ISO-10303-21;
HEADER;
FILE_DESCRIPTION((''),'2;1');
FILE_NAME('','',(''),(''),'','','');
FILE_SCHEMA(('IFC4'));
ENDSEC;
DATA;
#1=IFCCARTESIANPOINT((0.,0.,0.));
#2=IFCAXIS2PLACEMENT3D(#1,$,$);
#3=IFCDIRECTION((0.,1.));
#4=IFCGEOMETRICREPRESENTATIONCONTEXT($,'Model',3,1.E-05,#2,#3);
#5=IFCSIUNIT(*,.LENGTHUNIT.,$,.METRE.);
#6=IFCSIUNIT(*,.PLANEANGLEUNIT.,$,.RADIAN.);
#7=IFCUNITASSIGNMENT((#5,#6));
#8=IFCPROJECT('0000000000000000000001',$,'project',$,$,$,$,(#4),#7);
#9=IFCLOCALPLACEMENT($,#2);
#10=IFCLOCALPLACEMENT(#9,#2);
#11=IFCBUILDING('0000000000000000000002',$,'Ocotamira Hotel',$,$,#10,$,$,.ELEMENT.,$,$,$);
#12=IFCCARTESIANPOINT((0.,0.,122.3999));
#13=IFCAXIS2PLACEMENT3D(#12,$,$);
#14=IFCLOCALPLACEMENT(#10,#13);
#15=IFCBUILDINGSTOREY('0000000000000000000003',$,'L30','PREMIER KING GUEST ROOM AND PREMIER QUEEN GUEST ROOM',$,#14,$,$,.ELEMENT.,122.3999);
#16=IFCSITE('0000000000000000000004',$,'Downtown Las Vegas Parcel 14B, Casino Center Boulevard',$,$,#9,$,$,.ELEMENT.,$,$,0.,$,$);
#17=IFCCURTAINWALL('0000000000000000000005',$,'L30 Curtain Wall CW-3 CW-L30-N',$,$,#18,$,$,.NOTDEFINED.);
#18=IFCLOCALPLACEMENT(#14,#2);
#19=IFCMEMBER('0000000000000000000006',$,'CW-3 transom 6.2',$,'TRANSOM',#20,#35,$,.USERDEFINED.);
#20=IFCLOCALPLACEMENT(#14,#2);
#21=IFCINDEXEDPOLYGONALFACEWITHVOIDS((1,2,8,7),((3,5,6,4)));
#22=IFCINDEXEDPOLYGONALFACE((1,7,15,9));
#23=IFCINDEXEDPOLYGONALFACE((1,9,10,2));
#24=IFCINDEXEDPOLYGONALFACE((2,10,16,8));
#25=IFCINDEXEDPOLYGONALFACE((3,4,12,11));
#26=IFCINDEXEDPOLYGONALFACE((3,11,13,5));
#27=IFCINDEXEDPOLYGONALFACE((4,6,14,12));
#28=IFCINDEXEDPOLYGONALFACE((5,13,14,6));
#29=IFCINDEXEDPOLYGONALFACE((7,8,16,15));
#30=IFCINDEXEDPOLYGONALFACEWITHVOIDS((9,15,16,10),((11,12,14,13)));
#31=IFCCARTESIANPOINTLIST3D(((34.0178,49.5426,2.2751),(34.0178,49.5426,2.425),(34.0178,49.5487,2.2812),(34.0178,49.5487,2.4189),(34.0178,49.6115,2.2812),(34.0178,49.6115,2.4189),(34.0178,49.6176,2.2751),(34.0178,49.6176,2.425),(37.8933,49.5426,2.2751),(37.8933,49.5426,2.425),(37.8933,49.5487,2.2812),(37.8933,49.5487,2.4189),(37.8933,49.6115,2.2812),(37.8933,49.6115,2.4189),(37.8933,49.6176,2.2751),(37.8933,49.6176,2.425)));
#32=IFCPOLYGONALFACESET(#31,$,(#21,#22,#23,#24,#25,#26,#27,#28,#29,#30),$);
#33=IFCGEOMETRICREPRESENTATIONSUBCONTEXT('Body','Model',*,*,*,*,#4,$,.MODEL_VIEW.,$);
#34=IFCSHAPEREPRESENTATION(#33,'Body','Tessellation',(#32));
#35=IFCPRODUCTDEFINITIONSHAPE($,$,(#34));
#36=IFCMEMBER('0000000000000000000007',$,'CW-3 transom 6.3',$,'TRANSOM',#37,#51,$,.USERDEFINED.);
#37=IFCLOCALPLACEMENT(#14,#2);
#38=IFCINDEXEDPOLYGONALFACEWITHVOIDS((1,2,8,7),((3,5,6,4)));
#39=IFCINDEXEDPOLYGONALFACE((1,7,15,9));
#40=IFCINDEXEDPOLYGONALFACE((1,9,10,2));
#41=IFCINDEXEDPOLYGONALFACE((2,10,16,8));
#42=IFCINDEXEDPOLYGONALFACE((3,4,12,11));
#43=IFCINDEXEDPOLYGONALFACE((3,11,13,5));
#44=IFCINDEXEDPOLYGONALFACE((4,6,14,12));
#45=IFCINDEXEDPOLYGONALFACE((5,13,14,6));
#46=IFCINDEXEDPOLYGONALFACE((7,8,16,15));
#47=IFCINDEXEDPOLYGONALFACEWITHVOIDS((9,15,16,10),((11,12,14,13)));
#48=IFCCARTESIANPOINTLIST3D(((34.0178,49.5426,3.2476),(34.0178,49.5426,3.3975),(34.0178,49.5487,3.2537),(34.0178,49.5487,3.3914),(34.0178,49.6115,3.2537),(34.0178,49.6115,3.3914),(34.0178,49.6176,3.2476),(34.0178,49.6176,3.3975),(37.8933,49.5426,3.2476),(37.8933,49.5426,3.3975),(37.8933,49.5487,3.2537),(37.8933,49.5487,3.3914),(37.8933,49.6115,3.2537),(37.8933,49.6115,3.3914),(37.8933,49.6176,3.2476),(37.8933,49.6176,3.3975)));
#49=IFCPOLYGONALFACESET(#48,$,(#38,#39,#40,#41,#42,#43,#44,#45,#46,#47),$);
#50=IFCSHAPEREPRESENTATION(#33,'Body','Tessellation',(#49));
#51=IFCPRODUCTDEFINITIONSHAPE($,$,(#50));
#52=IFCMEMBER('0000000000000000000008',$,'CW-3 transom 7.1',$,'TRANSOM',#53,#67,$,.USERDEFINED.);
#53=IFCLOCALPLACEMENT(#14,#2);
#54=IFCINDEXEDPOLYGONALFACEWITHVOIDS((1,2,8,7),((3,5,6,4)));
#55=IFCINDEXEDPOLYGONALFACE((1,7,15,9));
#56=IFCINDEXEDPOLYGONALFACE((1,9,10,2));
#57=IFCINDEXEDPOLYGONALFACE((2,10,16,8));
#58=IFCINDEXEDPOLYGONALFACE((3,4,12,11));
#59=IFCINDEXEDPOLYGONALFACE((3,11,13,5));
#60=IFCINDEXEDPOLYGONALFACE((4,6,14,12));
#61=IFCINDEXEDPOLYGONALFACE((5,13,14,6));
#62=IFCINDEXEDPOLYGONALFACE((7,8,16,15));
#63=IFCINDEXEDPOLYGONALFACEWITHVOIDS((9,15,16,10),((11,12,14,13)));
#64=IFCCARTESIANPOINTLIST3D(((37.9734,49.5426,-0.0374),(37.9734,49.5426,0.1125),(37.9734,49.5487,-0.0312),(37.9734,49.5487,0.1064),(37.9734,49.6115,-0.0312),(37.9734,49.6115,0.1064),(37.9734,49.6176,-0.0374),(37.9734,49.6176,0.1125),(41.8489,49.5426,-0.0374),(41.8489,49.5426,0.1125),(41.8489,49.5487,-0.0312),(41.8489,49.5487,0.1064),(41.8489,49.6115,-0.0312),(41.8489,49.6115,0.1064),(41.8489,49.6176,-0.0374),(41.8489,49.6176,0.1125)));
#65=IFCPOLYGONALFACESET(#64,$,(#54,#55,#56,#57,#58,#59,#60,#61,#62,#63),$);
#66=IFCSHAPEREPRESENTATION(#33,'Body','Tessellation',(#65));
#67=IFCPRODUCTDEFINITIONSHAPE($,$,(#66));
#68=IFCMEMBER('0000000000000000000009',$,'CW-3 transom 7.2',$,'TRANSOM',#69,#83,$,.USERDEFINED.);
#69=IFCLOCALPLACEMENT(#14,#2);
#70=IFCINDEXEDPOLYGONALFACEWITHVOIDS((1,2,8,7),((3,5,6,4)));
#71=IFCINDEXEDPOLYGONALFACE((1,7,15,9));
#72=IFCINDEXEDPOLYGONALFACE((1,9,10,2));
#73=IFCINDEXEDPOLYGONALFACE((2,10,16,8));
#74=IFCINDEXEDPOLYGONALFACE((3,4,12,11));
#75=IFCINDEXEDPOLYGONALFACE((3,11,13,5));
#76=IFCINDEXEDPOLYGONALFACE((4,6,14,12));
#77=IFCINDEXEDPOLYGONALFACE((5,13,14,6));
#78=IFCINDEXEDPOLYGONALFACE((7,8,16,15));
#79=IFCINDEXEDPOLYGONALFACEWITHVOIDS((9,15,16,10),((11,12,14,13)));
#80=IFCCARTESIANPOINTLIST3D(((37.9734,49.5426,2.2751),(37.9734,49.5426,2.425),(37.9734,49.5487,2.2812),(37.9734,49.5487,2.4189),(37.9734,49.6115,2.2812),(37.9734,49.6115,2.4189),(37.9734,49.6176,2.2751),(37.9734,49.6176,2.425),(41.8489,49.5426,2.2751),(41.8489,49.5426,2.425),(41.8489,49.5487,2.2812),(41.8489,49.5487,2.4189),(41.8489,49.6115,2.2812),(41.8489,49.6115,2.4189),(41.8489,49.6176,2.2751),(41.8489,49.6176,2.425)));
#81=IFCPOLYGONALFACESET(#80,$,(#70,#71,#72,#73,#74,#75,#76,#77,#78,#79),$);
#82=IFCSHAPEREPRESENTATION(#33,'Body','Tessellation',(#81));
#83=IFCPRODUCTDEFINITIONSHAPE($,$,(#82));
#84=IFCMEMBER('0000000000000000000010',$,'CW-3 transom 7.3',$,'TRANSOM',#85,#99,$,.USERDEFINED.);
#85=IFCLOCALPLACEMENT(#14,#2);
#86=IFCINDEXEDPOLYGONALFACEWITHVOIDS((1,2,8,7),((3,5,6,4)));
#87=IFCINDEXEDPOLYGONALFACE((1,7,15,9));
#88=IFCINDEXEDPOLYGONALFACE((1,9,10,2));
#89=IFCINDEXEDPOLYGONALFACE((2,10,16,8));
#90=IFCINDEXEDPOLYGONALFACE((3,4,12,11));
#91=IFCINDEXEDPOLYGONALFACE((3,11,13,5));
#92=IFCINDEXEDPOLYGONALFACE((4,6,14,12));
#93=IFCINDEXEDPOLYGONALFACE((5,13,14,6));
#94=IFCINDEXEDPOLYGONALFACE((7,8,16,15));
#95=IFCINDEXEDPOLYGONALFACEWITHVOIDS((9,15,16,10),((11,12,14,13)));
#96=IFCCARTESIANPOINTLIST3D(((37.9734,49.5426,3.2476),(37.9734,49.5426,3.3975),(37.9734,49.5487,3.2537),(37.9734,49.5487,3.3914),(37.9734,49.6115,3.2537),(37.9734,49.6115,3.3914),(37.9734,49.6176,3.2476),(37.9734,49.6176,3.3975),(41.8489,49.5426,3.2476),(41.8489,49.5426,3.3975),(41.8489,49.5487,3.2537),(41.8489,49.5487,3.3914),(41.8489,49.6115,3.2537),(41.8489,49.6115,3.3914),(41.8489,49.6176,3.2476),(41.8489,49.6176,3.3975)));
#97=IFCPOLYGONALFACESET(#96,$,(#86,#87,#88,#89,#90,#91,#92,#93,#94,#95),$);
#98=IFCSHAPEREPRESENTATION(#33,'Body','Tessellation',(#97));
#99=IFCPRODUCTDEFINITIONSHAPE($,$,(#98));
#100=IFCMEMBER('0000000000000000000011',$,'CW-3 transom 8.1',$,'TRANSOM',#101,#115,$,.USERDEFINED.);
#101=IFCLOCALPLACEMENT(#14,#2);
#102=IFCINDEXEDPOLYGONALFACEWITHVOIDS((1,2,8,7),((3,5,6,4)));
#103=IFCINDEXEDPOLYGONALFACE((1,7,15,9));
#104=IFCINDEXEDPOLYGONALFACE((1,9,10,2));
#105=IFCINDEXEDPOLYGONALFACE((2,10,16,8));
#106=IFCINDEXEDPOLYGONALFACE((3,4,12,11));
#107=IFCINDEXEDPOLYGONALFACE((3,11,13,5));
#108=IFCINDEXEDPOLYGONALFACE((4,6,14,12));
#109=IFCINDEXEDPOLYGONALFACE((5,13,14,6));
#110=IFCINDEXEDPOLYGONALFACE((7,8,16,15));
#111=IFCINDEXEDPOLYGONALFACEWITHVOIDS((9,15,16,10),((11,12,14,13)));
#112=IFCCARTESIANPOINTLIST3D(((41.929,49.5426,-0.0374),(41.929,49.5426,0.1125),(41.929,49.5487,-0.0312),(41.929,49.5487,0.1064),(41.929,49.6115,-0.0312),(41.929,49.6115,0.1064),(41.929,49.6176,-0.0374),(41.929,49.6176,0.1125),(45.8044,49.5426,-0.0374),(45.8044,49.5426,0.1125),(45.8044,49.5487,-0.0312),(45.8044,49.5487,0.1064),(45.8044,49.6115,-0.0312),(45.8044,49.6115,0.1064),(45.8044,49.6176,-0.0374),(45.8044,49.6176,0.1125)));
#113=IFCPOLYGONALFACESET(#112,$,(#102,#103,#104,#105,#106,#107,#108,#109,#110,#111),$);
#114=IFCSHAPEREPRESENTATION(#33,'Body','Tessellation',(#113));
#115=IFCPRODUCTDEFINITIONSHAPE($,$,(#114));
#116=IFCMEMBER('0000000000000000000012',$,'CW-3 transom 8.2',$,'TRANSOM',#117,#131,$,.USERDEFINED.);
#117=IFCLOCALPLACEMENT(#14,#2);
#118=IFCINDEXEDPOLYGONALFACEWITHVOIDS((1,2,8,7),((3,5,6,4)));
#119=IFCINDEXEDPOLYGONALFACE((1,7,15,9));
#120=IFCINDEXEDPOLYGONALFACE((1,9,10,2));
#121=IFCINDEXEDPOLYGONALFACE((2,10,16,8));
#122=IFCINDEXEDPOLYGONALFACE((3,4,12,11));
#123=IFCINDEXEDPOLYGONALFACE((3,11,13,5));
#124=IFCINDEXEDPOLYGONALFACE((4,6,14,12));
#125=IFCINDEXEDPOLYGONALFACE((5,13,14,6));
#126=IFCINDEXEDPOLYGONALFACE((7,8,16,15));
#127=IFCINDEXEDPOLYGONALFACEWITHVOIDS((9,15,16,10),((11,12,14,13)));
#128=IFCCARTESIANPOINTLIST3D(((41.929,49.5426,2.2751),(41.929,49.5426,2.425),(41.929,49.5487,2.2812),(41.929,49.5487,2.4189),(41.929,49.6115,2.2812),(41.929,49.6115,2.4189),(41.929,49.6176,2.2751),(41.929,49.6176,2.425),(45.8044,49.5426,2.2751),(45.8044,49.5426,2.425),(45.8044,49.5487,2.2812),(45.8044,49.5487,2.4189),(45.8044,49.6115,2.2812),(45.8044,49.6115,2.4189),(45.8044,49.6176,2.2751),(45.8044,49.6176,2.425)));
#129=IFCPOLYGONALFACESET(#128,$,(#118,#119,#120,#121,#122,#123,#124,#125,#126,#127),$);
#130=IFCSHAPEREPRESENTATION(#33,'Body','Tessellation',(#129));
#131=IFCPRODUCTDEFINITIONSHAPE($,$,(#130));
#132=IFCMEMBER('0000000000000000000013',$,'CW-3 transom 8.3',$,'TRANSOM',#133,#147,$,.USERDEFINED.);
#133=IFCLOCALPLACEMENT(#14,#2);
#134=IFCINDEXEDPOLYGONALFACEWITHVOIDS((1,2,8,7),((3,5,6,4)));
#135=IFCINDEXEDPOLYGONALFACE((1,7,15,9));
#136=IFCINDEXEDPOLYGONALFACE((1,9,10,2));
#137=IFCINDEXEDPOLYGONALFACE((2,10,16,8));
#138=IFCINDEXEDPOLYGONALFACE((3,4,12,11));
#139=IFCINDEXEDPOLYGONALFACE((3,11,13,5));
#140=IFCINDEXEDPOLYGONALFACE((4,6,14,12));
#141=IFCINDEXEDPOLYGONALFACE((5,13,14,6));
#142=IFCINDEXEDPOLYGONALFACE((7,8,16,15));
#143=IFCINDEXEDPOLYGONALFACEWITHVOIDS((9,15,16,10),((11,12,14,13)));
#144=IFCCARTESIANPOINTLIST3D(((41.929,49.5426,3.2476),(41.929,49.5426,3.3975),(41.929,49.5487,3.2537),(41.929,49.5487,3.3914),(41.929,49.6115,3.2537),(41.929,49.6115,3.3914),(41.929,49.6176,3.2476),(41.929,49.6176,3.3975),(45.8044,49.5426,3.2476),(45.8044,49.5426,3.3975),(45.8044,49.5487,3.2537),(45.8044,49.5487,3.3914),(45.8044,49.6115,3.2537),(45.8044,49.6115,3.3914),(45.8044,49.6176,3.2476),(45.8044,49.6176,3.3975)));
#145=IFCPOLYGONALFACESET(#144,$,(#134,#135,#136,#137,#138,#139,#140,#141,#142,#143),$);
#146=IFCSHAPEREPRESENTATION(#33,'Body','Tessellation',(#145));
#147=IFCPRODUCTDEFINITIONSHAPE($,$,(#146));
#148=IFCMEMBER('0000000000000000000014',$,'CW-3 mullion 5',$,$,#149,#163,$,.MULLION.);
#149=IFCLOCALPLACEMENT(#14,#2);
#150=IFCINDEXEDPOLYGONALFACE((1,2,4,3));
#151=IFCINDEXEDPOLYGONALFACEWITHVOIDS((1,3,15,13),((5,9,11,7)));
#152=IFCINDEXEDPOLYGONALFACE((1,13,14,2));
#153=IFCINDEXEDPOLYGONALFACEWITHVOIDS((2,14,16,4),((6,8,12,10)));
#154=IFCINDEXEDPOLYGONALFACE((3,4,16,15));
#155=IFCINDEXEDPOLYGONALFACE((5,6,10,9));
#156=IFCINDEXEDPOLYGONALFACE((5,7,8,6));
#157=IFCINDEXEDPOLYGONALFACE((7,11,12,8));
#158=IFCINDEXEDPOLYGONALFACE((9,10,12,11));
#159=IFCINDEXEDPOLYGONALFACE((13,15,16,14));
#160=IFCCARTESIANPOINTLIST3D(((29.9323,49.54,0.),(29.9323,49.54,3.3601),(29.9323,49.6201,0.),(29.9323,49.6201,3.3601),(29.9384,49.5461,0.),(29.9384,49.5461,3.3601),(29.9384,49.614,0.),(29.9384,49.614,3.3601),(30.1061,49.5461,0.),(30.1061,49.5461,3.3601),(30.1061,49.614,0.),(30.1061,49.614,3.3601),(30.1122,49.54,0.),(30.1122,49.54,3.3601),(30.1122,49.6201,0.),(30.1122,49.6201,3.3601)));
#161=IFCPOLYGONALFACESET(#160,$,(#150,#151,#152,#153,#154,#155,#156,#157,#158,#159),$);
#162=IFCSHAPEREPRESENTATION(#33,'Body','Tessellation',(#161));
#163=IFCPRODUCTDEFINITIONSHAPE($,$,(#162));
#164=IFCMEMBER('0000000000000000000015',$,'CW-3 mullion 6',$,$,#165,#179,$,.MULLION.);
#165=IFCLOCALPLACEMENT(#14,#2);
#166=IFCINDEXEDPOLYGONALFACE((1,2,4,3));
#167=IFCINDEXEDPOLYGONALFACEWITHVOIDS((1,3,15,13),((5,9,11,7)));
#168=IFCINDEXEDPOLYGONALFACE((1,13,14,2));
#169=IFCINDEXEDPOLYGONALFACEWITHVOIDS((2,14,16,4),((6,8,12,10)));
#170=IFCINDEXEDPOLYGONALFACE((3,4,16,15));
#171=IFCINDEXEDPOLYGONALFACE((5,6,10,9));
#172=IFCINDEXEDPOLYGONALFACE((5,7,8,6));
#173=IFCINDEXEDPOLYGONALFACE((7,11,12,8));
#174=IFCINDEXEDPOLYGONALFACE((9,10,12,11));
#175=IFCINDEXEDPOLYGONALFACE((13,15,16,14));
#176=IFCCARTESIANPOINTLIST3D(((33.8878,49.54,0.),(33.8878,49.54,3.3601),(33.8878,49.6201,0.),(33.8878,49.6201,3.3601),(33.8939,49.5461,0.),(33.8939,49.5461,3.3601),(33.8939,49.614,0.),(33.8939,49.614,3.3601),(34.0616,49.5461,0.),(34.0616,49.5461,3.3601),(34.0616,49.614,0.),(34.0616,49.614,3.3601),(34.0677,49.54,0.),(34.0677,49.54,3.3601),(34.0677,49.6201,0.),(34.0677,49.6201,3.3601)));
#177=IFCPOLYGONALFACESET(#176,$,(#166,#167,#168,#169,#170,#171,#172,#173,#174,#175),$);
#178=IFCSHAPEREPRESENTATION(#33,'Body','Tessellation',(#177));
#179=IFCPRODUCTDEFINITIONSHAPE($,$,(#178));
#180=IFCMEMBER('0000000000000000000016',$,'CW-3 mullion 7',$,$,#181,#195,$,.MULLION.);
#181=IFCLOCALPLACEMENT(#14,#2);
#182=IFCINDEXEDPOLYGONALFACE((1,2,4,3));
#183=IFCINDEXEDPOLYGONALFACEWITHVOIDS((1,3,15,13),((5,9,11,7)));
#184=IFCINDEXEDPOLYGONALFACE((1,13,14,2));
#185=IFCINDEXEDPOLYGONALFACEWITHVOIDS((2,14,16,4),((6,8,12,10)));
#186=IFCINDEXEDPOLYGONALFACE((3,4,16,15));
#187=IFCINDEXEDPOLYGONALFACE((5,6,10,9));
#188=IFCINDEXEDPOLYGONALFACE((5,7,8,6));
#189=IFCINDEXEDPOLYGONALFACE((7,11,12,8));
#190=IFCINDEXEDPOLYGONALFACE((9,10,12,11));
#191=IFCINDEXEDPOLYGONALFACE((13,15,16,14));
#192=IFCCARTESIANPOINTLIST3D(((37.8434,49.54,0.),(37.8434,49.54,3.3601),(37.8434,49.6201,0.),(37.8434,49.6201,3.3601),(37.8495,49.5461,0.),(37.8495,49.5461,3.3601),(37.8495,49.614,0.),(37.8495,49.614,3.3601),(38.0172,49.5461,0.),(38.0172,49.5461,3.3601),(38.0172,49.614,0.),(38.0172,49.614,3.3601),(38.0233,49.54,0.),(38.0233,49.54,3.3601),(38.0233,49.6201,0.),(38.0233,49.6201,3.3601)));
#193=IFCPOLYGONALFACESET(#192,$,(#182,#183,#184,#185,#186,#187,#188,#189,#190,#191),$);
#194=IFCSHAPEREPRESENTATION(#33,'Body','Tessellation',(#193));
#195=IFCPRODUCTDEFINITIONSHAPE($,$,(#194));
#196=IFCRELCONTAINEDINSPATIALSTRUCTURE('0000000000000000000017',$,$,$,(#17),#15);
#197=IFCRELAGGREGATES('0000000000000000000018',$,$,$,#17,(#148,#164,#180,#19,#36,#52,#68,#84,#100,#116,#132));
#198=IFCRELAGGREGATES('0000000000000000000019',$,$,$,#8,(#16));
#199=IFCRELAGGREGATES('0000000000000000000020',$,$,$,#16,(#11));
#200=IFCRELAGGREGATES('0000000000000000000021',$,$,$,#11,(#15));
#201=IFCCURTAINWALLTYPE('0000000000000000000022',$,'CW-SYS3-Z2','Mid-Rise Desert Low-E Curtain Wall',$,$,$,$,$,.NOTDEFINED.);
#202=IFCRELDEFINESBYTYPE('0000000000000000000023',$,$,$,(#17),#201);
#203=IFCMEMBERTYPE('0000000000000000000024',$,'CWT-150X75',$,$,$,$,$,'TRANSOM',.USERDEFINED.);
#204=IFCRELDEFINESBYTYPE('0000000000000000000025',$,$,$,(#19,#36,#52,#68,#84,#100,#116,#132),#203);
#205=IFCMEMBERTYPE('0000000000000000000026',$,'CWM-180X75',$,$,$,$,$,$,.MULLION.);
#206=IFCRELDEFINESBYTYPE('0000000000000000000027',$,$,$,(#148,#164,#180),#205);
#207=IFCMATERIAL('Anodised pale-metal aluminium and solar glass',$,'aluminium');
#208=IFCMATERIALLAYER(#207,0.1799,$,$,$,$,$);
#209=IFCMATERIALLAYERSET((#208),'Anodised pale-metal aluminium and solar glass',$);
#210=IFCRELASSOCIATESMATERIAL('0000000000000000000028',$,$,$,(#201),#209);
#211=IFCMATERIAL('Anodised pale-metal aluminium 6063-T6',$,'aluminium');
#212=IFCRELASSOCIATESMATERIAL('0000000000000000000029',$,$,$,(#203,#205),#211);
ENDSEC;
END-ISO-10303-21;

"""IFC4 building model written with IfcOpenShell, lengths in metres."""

from ifc_helpers import new_model, si_unit, direction, frame, origin, origin_2d, place, context, subcontext, project, spatial, hollow_rectangle, extrude, source, transform, mapped, material, layer, layer_set, material_profile, profile_set, type_object, element, aggregate, save


model = new_model("IFC4")

# Units and contexts
model_context = context("Model", 3, precision=1e-05, world=origin(), true_north=direction((0.0, 1.0)))
body_context = subcontext(model_context, "Body", "Model", "MODEL_VIEW")
ifc_project = project(units=[si_unit("LENGTHUNIT", "METRE"), si_unit("PLANEANGLEUNIT", "RADIAN")], contexts=[model_context])

# Site, building, storey
site_placement = place(None, origin())
site = spatial("IfcSite", under=ifc_project, at=site_placement, Name="Downtown Las Vegas Parcel 14B, Casino Center Boulevard", CompositionType="ELEMENT", RefElevation=0.0)
building_placement = place(site_placement, origin())
building = spatial("IfcBuilding", under=site, at=building_placement, Name="Ocotamira Hotel", CompositionType="ELEMENT")
storey_placement = place(building_placement, frame((0.0, 0.0, 122.3999)))
storey = spatial("IfcBuildingStorey", under=building, at=storey_placement, Name="L30", Description="PREMIER KING GUEST ROOM AND PREMIER QUEEN GUEST ROOM", CompositionType="ELEMENT", Elevation=122.3999)

# Curtain wall, members
ifc_material_1 = material(Name="Anodised pale-metal aluminium and solar glass", Category="aluminium")
ifc_layer_1 = layer(ifc_material_1, 0.1799)
ifc_layer_set_1 = layer_set([ifc_layer_1], Name="Anodised pale-metal aluminium and solar glass")
curtain_wall_type = type_object("IfcCurtainWallType", Name="CW-SYS3-Z2", Description="Mid-Rise Desert Low-E Curtain Wall", PredefinedType="NOTDEFINED", material=ifc_layer_set_1)
curtain_wall_placement = place(storey_placement, origin())
curtain_wall = element("IfcCurtainWall", 1, at=curtain_wall_placement, inside=storey, type_object=curtain_wall_type, Name="L30 Curtain Wall CW-3 CW-L30-N", PredefinedType="NOTDEFINED")
ifc_material_2 = material(Name="Anodised pale-metal aluminium 6063-T6", Category="aluminium")
ifc_material_profile_1 = material_profile(ifc_material_2, hollow_rectangle(XDim=0.075, YDim=0.1499, WallThickness=0.0061, at=origin_2d()), Name="HSS150X75X6")
ifc_profile_set_1 = profile_set([ifc_material_profile_1], Name="Anodised pale-metal aluminium 6063-T6")
member_type_1 = type_object("IfcMemberType", Name="CWT-150X75", ElementType="TRANSOM", PredefinedType="USERDEFINED", material=ifc_profile_set_1)
shared_shape_1 = source(origin(), body_context, "Body", "SweptSolid", [
    extrude(hollow_rectangle(XDim=0.075, YDim=0.1499, WallThickness=0.0061, at=origin_2d()), origin(), (0.0, 0.0, 1.0), 3.8755),
])
member_1_placement = place(storey_placement, frame((34.0178, 49.5801, 2.3501), z_axis=(1.0, 0.0, 0.0), x_axis=(0.0, 1.0, 0.0)))
member_1 = element("IfcMember", 2, at=member_1_placement, type_object=member_type_1, Name="CW-3 transom 6.2", ObjectType="TRANSOM", PredefinedType="USERDEFINED", context=body_context, shape_type="MappedRepresentation", body=[
    mapped(shared_shape_1, transform((0.0, 0.0, 0.0), scale=1.0)),
])
member_2_placement = place(storey_placement, frame((34.0178, 49.5801, 3.3225), z_axis=(1.0, 0.0, 0.0), x_axis=(0.0, 1.0, 0.0)))
member_2 = element("IfcMember", 3, at=member_2_placement, type_object=member_type_1, Name="CW-3 transom 6.3", ObjectType="TRANSOM", PredefinedType="USERDEFINED", context=body_context, shape_type="MappedRepresentation", body=[
    mapped(shared_shape_1, transform((0.0, 0.0, 0.0), scale=1.0)),
])
member_3_placement = place(storey_placement, frame((37.9734, 49.5801, 0.0376), z_axis=(1.0, 0.0, 0.0), x_axis=(0.0, 1.0, 0.0)))
member_3 = element("IfcMember", 4, at=member_3_placement, type_object=member_type_1, Name="CW-3 transom 7.1", ObjectType="TRANSOM", PredefinedType="USERDEFINED", context=body_context, shape_type="MappedRepresentation", body=[
    mapped(shared_shape_1, transform((0.0, 0.0, 0.0), scale=1.0)),
])
member_4_placement = place(storey_placement, frame((37.9734, 49.5801, 2.3501), z_axis=(1.0, 0.0, 0.0), x_axis=(0.0, 1.0, 0.0)))
member_4 = element("IfcMember", 5, at=member_4_placement, type_object=member_type_1, Name="CW-3 transom 7.2", ObjectType="TRANSOM", PredefinedType="USERDEFINED", context=body_context, shape_type="MappedRepresentation", body=[
    mapped(shared_shape_1, transform((0.0, 0.0, 0.0), scale=1.0)),
])
member_5_placement = place(storey_placement, frame((37.9734, 49.5801, 3.3225), z_axis=(1.0, 0.0, 0.0), x_axis=(0.0, 1.0, 0.0)))
member_5 = element("IfcMember", 6, at=member_5_placement, type_object=member_type_1, Name="CW-3 transom 7.3", ObjectType="TRANSOM", PredefinedType="USERDEFINED", context=body_context, shape_type="MappedRepresentation", body=[
    mapped(shared_shape_1, transform((0.0, 0.0, 0.0), scale=1.0)),
])
member_6_placement = place(storey_placement, frame((41.929, 49.5801, 0.0376), z_axis=(1.0, 0.0, 0.0), x_axis=(0.0, 1.0, 0.0)))
member_6 = element("IfcMember", 7, at=member_6_placement, type_object=member_type_1, Name="CW-3 transom 8.1", ObjectType="TRANSOM", PredefinedType="USERDEFINED", context=body_context, shape_type="MappedRepresentation", body=[
    mapped(shared_shape_1, transform((0.0, 0.0, 0.0), scale=1.0)),
])
member_7_placement = place(storey_placement, frame((41.929, 49.5801, 2.3501), z_axis=(1.0, 0.0, 0.0), x_axis=(0.0, 1.0, 0.0)))
member_7 = element("IfcMember", 8, at=member_7_placement, type_object=member_type_1, Name="CW-3 transom 8.2", ObjectType="TRANSOM", PredefinedType="USERDEFINED", context=body_context, shape_type="MappedRepresentation", body=[
    mapped(shared_shape_1, transform((0.0, 0.0, 0.0), scale=1.0)),
])
member_8_placement = place(storey_placement, frame((41.929, 49.5801, 3.3225), z_axis=(1.0, 0.0, 0.0), x_axis=(0.0, 1.0, 0.0)))
member_8 = element("IfcMember", 9, at=member_8_placement, type_object=member_type_1, Name="CW-3 transom 8.3", ObjectType="TRANSOM", PredefinedType="USERDEFINED", context=body_context, shape_type="MappedRepresentation", body=[
    mapped(shared_shape_1, transform((0.0, 0.0, 0.0), scale=1.0)),
])
ifc_material_profile_2 = material_profile(ifc_material_2, hollow_rectangle(XDim=0.0801, YDim=0.1799, WallThickness=0.0061, at=origin_2d()), Name="HSS180X80X6")
ifc_profile_set_2 = profile_set([ifc_material_profile_2], Name="Anodised pale-metal aluminium 6063-T6")
member_type_2 = type_object("IfcMemberType", Name="CWM-180X75", PredefinedType="MULLION", material=ifc_profile_set_2)
shared_shape_2 = source(origin(), body_context, "Body", "SweptSolid", [
    extrude(hollow_rectangle(XDim=0.0801, YDim=0.1799, WallThickness=0.0061, at=origin_2d()), origin(), (0.0, 0.0, 1.0), 3.3601),
])
member_9_placement = place(storey_placement, frame((30.0222, 49.5801, 0.0), z_axis=(0.0, 0.0, 1.0), x_axis=(0.0, 1.0, 0.0)))
member_9 = element("IfcMember", 10, at=member_9_placement, type_object=member_type_2, Name="CW-3 mullion 5", PredefinedType="MULLION", context=body_context, shape_type="MappedRepresentation", body=[
    mapped(shared_shape_2, transform((0.0, 0.0, 0.0), scale=1.0)),
])
member_10_placement = place(storey_placement, frame((33.9778, 49.5801, 0.0), z_axis=(0.0, 0.0, 1.0), x_axis=(0.0, 1.0, 0.0)))
member_10 = element("IfcMember", 11, at=member_10_placement, type_object=member_type_2, Name="CW-3 mullion 6", PredefinedType="MULLION", context=body_context, shape_type="MappedRepresentation", body=[
    mapped(shared_shape_2, transform((0.0, 0.0, 0.0), scale=1.0)),
])
member_11_placement = place(storey_placement, frame((37.9333, 49.5801, 0.0), z_axis=(0.0, 0.0, 1.0), x_axis=(0.0, 1.0, 0.0)))
member_11 = element("IfcMember", 12, at=member_11_placement, type_object=member_type_2, Name="CW-3 mullion 7", PredefinedType="MULLION", context=body_context, shape_type="MappedRepresentation", body=[
    mapped(shared_shape_2, transform((0.0, 0.0, 0.0), scale=1.0)),
])

aggregate(curtain_wall, [member_9, member_10, member_11, member_1, member_2, member_3, member_4, member_5, member_6, member_7, member_8])

save(model, "model.ifc")
